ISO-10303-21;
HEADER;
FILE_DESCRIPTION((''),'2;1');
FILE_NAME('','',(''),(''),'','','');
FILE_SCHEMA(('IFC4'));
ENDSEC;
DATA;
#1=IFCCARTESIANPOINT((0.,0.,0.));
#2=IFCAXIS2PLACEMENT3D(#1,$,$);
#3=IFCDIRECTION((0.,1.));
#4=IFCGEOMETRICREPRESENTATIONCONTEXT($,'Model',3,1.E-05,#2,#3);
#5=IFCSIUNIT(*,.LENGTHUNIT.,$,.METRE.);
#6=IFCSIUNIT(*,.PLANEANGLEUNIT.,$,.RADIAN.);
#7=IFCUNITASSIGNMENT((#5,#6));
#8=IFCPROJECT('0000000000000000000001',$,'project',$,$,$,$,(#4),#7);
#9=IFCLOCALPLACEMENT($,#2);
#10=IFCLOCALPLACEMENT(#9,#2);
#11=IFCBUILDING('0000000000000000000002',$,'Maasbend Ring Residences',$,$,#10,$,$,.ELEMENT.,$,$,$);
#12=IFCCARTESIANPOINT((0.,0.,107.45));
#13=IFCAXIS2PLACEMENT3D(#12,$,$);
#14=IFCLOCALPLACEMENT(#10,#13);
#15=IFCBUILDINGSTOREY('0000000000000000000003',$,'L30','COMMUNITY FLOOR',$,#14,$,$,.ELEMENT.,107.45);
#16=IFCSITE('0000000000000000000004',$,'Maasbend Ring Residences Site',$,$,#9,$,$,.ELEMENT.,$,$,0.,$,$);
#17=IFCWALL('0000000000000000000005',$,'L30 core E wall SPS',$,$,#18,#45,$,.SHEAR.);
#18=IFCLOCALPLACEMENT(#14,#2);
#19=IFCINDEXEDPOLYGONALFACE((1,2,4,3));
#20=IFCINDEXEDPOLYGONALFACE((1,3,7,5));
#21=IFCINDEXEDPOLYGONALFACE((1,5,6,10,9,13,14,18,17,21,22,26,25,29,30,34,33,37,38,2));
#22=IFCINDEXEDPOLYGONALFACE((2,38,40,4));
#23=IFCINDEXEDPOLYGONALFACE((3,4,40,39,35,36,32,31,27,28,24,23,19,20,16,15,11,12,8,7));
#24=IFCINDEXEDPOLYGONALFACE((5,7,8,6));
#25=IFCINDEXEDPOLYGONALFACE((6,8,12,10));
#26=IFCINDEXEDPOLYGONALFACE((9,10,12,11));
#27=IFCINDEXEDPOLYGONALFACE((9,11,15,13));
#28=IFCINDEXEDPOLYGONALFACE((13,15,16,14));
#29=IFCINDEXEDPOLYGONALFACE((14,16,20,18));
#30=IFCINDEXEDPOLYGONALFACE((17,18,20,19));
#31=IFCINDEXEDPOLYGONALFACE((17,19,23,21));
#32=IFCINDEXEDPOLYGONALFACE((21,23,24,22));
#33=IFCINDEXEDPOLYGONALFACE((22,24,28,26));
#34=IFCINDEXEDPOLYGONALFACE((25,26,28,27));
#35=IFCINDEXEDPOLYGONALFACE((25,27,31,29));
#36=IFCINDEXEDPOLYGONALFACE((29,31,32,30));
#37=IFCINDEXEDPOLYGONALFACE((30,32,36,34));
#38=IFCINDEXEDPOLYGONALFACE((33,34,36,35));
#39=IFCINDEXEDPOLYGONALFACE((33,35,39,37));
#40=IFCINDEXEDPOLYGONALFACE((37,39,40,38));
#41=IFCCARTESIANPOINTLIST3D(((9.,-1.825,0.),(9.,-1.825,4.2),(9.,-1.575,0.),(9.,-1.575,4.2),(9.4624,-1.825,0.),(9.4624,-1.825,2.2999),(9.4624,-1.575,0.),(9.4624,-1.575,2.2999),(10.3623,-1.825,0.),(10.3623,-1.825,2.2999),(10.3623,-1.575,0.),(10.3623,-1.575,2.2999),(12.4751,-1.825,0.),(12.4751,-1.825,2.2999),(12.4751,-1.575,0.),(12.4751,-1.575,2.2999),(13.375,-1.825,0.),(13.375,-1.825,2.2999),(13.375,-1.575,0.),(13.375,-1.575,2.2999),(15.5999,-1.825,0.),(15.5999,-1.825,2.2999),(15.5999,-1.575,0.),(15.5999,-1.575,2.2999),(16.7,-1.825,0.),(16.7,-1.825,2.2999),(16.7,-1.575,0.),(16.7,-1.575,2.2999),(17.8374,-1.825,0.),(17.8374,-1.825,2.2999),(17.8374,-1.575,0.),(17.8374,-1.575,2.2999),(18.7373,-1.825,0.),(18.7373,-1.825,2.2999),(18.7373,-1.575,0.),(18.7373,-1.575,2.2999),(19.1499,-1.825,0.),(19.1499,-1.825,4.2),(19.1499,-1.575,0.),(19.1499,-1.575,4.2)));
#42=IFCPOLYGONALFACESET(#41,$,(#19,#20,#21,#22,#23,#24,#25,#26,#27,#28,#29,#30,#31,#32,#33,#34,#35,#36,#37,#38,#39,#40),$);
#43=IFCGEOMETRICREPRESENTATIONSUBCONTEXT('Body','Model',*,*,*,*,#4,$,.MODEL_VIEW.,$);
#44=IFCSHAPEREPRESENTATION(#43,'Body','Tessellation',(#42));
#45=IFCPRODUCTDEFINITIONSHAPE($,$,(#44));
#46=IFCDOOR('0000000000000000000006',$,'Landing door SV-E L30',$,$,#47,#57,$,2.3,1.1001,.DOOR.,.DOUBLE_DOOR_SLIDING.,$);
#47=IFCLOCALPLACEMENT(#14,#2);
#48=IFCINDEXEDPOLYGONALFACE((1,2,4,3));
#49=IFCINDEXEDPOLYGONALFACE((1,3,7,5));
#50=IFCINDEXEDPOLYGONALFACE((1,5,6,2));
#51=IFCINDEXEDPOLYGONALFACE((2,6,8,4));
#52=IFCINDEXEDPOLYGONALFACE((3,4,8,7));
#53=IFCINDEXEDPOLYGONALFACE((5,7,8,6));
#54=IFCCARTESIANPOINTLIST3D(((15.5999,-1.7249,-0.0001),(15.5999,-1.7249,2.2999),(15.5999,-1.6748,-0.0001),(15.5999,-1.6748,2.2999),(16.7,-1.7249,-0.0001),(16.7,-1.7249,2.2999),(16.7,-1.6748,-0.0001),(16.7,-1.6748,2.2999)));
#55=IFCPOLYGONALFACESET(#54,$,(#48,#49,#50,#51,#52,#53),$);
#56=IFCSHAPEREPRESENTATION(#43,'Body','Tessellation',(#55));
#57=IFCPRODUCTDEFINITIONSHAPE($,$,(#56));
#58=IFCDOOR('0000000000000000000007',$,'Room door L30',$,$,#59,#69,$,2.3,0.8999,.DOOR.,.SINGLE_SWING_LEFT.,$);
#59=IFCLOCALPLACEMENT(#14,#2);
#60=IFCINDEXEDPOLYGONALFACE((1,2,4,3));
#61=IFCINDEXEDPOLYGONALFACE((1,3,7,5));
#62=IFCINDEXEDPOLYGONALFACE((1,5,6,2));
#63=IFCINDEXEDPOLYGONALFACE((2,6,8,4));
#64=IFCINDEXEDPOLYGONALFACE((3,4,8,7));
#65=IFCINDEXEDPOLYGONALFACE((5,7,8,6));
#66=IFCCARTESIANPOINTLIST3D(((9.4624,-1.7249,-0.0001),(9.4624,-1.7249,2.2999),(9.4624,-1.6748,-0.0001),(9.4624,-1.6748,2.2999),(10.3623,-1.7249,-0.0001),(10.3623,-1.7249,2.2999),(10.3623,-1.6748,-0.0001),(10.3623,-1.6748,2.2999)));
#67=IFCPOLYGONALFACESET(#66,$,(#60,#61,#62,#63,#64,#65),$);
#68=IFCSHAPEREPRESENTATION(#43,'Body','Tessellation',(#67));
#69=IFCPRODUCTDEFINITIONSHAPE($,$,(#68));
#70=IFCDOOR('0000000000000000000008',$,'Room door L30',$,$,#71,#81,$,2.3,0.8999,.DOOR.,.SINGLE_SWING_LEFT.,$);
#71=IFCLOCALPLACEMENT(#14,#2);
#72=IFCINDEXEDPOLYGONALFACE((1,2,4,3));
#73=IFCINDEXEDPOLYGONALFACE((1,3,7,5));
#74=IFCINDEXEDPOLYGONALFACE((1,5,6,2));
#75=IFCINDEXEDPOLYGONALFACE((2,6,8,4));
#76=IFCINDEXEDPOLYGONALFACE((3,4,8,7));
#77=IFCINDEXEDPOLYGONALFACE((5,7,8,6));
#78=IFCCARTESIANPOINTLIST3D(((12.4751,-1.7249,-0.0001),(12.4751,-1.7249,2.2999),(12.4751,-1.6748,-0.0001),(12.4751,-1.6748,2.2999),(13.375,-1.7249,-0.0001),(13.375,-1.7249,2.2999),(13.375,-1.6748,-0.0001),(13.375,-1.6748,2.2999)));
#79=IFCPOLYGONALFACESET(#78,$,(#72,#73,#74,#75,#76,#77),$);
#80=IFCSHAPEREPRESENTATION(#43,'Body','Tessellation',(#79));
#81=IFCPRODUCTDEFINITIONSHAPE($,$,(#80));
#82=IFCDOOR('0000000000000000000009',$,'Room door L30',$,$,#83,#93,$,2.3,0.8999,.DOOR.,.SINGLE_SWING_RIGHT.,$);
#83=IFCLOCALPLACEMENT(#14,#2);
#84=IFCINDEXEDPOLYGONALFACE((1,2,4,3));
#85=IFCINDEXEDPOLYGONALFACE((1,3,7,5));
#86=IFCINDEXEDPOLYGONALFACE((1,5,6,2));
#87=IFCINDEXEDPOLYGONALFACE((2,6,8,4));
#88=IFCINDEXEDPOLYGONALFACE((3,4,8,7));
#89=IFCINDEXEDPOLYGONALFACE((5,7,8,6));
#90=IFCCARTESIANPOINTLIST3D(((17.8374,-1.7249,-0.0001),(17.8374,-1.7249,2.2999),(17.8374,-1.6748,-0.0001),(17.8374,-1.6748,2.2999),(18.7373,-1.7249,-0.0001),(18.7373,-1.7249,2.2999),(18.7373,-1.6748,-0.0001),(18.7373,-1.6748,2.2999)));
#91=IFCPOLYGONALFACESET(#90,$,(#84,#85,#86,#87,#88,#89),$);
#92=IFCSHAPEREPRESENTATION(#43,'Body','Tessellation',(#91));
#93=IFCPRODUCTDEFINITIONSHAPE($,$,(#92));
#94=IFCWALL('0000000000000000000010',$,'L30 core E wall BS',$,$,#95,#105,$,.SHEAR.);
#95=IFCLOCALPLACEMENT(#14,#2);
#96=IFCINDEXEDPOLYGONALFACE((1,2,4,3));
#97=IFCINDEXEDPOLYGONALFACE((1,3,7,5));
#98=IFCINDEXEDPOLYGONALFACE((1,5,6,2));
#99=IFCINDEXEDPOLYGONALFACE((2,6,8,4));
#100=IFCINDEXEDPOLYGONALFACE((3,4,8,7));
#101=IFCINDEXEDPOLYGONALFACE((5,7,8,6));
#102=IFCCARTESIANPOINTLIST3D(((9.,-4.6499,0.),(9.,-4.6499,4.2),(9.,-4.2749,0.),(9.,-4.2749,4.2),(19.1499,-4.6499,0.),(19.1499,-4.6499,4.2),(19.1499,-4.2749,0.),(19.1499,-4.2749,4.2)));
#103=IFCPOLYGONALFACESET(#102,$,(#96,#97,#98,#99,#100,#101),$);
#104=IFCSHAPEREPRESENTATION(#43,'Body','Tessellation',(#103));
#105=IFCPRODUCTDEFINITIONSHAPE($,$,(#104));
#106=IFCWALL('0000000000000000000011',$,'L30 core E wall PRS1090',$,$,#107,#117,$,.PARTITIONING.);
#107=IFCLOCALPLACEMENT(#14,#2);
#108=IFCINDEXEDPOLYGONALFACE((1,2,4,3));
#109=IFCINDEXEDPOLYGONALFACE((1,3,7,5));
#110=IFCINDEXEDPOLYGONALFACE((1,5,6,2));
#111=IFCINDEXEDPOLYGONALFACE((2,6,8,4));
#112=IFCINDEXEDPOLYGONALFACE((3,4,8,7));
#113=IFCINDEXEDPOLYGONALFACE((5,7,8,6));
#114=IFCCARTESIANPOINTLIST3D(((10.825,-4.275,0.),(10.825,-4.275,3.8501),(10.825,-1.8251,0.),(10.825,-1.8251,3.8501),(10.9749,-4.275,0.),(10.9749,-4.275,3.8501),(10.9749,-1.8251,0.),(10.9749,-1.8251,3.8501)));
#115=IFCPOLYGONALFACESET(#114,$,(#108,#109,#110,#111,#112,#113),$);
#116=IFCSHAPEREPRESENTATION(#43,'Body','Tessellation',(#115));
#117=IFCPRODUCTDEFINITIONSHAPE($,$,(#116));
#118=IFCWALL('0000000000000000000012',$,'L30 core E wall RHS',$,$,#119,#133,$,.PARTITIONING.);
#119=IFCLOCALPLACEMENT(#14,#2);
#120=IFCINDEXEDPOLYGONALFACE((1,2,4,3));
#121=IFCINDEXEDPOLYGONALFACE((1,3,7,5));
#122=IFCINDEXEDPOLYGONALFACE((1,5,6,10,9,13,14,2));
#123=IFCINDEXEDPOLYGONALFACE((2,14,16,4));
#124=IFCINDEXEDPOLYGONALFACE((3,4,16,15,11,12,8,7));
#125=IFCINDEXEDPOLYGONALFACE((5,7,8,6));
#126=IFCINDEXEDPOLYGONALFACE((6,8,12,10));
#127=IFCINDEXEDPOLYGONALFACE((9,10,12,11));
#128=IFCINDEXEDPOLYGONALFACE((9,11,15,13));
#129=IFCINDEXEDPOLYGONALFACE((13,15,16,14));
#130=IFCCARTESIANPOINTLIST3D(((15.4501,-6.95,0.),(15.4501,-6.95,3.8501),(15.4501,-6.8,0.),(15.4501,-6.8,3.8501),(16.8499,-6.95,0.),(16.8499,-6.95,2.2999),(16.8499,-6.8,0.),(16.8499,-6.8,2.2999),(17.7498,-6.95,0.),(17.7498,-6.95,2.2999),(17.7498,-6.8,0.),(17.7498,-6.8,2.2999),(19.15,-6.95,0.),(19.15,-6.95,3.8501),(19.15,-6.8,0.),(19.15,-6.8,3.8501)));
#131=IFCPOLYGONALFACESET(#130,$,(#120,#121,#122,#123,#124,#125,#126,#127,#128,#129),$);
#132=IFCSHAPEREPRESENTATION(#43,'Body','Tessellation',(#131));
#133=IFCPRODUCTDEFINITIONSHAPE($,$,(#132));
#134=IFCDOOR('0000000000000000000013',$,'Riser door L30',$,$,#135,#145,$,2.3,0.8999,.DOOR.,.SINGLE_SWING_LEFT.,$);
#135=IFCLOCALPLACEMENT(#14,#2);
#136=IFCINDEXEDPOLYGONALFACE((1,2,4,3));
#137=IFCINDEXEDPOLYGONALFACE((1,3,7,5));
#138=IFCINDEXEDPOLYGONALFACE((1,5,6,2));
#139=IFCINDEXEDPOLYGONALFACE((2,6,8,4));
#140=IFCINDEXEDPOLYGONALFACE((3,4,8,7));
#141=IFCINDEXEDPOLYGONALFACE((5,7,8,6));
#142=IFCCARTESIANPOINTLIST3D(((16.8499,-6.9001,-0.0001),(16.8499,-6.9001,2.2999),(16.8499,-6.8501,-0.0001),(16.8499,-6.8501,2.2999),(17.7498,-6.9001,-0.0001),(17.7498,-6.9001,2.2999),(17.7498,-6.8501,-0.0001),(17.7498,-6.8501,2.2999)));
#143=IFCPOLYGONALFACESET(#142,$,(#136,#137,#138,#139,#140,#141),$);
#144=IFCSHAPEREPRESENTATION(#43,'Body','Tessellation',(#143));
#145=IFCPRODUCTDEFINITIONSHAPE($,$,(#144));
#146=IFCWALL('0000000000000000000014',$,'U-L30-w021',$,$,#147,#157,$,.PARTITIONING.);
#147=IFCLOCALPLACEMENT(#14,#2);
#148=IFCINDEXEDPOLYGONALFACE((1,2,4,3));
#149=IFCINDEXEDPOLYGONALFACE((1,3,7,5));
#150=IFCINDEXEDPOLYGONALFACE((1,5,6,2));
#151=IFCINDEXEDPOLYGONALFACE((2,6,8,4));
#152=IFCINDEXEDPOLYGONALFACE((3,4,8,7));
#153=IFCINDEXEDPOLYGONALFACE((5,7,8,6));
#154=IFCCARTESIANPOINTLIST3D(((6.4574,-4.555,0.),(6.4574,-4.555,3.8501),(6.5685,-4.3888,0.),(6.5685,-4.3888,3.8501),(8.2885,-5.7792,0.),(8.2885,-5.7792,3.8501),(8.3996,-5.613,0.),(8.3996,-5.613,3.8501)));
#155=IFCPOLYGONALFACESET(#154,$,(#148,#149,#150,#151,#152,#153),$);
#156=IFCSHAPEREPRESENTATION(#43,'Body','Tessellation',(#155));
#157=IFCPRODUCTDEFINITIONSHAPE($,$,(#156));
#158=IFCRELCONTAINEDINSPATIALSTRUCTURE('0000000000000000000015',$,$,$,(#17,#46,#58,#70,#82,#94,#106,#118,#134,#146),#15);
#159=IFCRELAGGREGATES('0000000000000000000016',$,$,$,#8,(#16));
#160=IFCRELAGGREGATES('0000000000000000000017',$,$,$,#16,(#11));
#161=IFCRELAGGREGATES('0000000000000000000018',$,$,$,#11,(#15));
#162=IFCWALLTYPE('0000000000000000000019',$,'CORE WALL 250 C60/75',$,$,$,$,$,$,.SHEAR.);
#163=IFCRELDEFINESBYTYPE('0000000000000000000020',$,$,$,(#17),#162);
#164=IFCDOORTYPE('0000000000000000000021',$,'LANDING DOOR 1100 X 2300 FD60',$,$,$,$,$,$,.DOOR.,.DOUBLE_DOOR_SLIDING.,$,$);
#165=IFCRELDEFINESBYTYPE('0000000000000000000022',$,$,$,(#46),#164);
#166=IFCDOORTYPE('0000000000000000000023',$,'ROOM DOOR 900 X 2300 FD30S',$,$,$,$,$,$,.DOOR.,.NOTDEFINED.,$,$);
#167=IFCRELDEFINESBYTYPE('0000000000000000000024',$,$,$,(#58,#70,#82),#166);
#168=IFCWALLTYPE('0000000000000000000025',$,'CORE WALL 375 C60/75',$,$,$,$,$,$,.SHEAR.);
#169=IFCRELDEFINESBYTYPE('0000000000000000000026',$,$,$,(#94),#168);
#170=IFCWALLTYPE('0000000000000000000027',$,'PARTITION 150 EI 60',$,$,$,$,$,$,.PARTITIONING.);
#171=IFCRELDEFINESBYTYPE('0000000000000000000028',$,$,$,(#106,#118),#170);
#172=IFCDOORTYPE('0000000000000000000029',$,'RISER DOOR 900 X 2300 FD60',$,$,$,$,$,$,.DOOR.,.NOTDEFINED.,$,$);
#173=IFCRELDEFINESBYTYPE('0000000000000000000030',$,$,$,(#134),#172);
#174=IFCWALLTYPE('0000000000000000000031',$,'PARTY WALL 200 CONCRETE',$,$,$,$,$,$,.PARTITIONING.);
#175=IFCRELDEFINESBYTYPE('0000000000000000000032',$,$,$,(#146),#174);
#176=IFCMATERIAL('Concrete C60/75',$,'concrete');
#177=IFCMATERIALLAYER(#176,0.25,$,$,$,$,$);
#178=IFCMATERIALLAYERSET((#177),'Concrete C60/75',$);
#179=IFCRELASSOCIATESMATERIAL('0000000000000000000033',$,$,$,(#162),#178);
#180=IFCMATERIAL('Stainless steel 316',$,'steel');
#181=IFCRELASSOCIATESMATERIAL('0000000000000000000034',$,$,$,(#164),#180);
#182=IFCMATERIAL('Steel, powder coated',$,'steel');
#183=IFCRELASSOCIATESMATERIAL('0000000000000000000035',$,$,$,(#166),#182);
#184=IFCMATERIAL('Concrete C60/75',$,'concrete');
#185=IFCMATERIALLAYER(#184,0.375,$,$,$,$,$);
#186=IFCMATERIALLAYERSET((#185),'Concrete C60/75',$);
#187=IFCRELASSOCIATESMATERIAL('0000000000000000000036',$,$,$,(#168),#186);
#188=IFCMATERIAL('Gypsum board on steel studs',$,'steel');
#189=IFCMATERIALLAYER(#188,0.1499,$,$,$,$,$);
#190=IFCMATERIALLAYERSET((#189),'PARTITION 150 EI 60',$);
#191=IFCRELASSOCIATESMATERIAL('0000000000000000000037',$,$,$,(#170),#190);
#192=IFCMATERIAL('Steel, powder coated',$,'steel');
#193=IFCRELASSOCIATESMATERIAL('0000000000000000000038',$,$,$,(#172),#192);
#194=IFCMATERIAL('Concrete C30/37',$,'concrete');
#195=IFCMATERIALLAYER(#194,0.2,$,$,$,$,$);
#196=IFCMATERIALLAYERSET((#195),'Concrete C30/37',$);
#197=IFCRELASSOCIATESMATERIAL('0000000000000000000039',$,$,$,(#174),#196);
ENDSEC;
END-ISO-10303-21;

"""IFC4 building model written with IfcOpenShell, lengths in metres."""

from ifc_helpers import new_model, si_unit, direction, frame, frame_2d, origin, place, context, subcontext, project, spatial, rectangle, extrude, material, layer, layer_set, type_object, element, fill, save


model = new_model("IFC4")

# Units and contexts
model_context = context("Model", 3, precision=1e-05, world=origin(), true_north=direction((0.0, 1.0)))
body_context = subcontext(model_context, "Body", "Model", "MODEL_VIEW")
ifc_project = project(units=[si_unit("LENGTHUNIT", "METRE"), si_unit("PLANEANGLEUNIT", "RADIAN")], contexts=[model_context])

# Site, building, storey
site_placement = place(None, origin())
site = spatial("IfcSite", under=ifc_project, at=site_placement, Name="Maasbend Ring Residences Site", CompositionType="ELEMENT", RefElevation=0.0)
building_placement = place(site_placement, origin())
building = spatial("IfcBuilding", under=site, at=building_placement, Name="Maasbend Ring Residences", CompositionType="ELEMENT")
storey_placement = place(building_placement, frame((0.0, 0.0, 107.45)))
storey = spatial("IfcBuildingStorey", under=building, at=storey_placement, Name="L30", Description="COMMUNITY FLOOR", CompositionType="ELEMENT", Elevation=107.45)

# Wall, openings, doors
ifc_material_1 = material(Name="Concrete C60/75", Category="concrete")
ifc_layer_1 = layer(ifc_material_1, 0.25)
ifc_layer_set_1 = layer_set([ifc_layer_1], Name="Concrete C60/75")
wall_type_1 = type_object("IfcWallType", Name="CORE WALL 250 C60/75", PredefinedType="SHEAR", material=ifc_layer_set_1)
wall_1_placement = place(storey_placement, frame((19.1499, -1.7, 0.0), z_axis=(0.0, 0.0, 1.0), x_axis=(-1.0, 0.0, 0.0)))
wall_1 = element("IfcWall", 1, at=wall_1_placement, inside=storey, type_object=wall_type_1, Name="L30 core E wall SPS", PredefinedType="SHEAR", context=body_context, shape_type="SweptSolid", body=[
    extrude(rectangle(XDim=10.1499, YDim=0.25, at=frame_2d((5.075, 0.0))), origin(), (0.0, 0.0, 1.0), 4.2),
])
opening_1_placement = place(wall_1_placement, frame((2.45, 0.0, 0.0)))
opening_1 = element("IfcOpeningElement", 2, at=opening_1_placement, cuts=wall_1, PredefinedType="OPENING", context=body_context, shape_type="SweptSolid", body=[
    extrude(rectangle(XDim=1.1001, YDim=2.3, at=frame_2d((0.55, 1.1499))), frame((0.0, 0.135, 0.0), z_axis=(0.0, -1.0, 0.0), x_axis=(1.0, 0.0, 0.0)), (0.0, 0.0, 1.0), 0.27),
])
opening_2_placement = place(wall_1_placement, frame((8.7876, 0.0, 0.0)))
opening_2 = element("IfcOpeningElement", 3, at=opening_2_placement, cuts=wall_1, PredefinedType="OPENING", context=body_context, shape_type="SweptSolid", body=[
    extrude(rectangle(XDim=0.8999, YDim=2.3, at=frame_2d((0.45, 1.1499))), frame((0.0, 0.135, 0.0), z_axis=(0.0, -1.0, 0.0), x_axis=(1.0, 0.0, 0.0)), (0.0, 0.0, 1.0), 0.27),
])
opening_3_placement = place(wall_1_placement, frame((5.7749, 0.0, 0.0)))
opening_3 = element("IfcOpeningElement", 4, at=opening_3_placement, cuts=wall_1, PredefinedType="OPENING", context=body_context, shape_type="SweptSolid", body=[
    extrude(rectangle(XDim=0.8999, YDim=2.3, at=frame_2d((0.45, 1.1499))), frame((0.0, 0.135, 0.0), z_axis=(0.0, -1.0, 0.0), x_axis=(1.0, 0.0, 0.0)), (0.0, 0.0, 1.0), 0.27),
])
opening_4_placement = place(wall_1_placement, frame((0.4126, 0.0, 0.0)))
opening_4 = element("IfcOpeningElement", 5, at=opening_4_placement, cuts=wall_1, PredefinedType="OPENING", context=body_context, shape_type="SweptSolid", body=[
    extrude(rectangle(XDim=0.8999, YDim=2.3, at=frame_2d((0.45, 1.1499))), frame((0.0, 0.135, 0.0), z_axis=(0.0, -1.0, 0.0), x_axis=(1.0, 0.0, 0.0)), (0.0, 0.0, 1.0), 0.27),
])
ifc_material_2 = material(Name="Stainless steel 316", Category="steel")
door_type_1 = type_object("IfcDoorType", Name="LANDING DOOR 1100 X 2300 FD60", OperationType="DOUBLE_DOOR_SLIDING", PredefinedType="DOOR", material=ifc_material_2)
door_1_placement = place(opening_1_placement, origin())
door_1 = element("IfcDoor", 6, at=door_1_placement, inside=storey, type_object=door_type_1, Name="Landing door SV-E L30", OperationType="DOUBLE_DOOR_SLIDING", OverallHeight=2.3, OverallWidth=1.1001, PredefinedType="DOOR", context=body_context, shape_type="SweptSolid", body=[
    extrude(rectangle(XDim=1.1001, YDim=2.3, at=frame_2d((0.55, 1.1499))), frame((0.0, 0.0249, 0.0), z_axis=(0.0, -1.0, 0.0), x_axis=(1.0, 0.0, 0.0)), (0.0, 0.0, 1.0), 0.05),
])
fill(opening_1, door_1)
ifc_material_3 = material(Name="Steel, powder coated", Category="steel")
door_type_2 = type_object("IfcDoorType", Name="ROOM DOOR 900 X 2300 FD30S", OperationType="NOTDEFINED", PredefinedType="DOOR", material=ifc_material_3)
door_2_placement = place(opening_2_placement, origin())
door_2 = element("IfcDoor", 7, at=door_2_placement, inside=storey, type_object=door_type_2, Name="Room door L30", OperationType="SINGLE_SWING_LEFT", OverallHeight=2.3, OverallWidth=0.8999, PredefinedType="DOOR", context=body_context, shape_type="SweptSolid", body=[
    extrude(rectangle(XDim=0.8999, YDim=2.3, at=frame_2d((0.45, 1.1499))), frame((0.0, 0.0249, 0.0), z_axis=(0.0, -1.0, 0.0), x_axis=(1.0, 0.0, 0.0)), (0.0, 0.0, 1.0), 0.05),
])
fill(opening_2, door_2)
door_3_placement = place(opening_3_placement, origin())
door_3 = element("IfcDoor", 8, at=door_3_placement, inside=storey, type_object=door_type_2, Name="Room door L30", OperationType="SINGLE_SWING_LEFT", OverallHeight=2.3, OverallWidth=0.8999, PredefinedType="DOOR", context=body_context, shape_type="SweptSolid", body=[
    extrude(rectangle(XDim=0.8999, YDim=2.3, at=frame_2d((0.45, 1.1499))), frame((0.0, 0.0249, 0.0), z_axis=(0.0, -1.0, 0.0), x_axis=(1.0, 0.0, 0.0)), (0.0, 0.0, 1.0), 0.05),
])
fill(opening_3, door_3)
door_4_placement = place(opening_4_placement, origin())
door_4 = element("IfcDoor", 9, at=door_4_placement, inside=storey, type_object=door_type_2, Name="Room door L30", OperationType="SINGLE_SWING_RIGHT", OverallHeight=2.3, OverallWidth=0.8999, PredefinedType="DOOR", context=body_context, shape_type="SweptSolid", body=[
    extrude(rectangle(XDim=0.8999, YDim=2.3, at=frame_2d((0.45, 1.1499))), frame((0.0, 0.0249, 0.0), z_axis=(0.0, -1.0, 0.0), x_axis=(1.0, 0.0, 0.0)), (0.0, 0.0, 1.0), 0.05),
])
fill(opening_4, door_4)

# Walls
ifc_material_4 = material(Name="Concrete C60/75", Category="concrete")
ifc_layer_2 = layer(ifc_material_4, 0.375)
ifc_layer_set_2 = layer_set([ifc_layer_2], Name="Concrete C60/75")
wall_type_2 = type_object("IfcWallType", Name="CORE WALL 375 C60/75", PredefinedType="SHEAR", material=ifc_layer_set_2)
wall_2_placement = place(storey_placement, frame((9.0, -4.4624, 0.0), z_axis=(0.0, 0.0, 1.0), x_axis=(1.0, 0.0, 0.0)))
element("IfcWall", 10, at=wall_2_placement, inside=storey, type_object=wall_type_2, Name="L30 core E wall BS", PredefinedType="SHEAR", context=body_context, shape_type="SweptSolid", body=[
    extrude(rectangle(XDim=10.1499, YDim=0.375, at=frame_2d((5.075, 0.0))), origin(), (0.0, 0.0, 1.0), 4.2),
])
ifc_material_5 = material(Name="Gypsum board on steel studs", Category="steel")
ifc_layer_3 = layer(ifc_material_5, 0.1499)
ifc_layer_set_3 = layer_set([ifc_layer_3], Name="PARTITION 150 EI 60")
wall_type_3 = type_object("IfcWallType", Name="PARTITION 150 EI 60", PredefinedType="PARTITIONING", material=ifc_layer_set_3)
wall_3_placement = place(storey_placement, frame((10.8999, -1.825, 0.0), z_axis=(0.0, 0.0, 1.0), x_axis=(0.0, -1.0, 0.0)))
element("IfcWall", 11, at=wall_3_placement, inside=storey, type_object=wall_type_3, Name="L30 core E wall PRS1090", PredefinedType="PARTITIONING", context=body_context, shape_type="SweptSolid", body=[
    extrude(rectangle(XDim=2.45, YDim=0.1499, at=frame_2d((1.2251, 0.0))), origin(), (0.0, 0.0, 1.0), 3.8501),
])

# Wall, opening, door
wall_4_placement = place(storey_placement, frame((15.45, -6.875, 0.0), z_axis=(0.0, 0.0, 1.0), x_axis=(1.0, 0.0, 0.0)))
wall_4 = element("IfcWall", 12, at=wall_4_placement, inside=storey, type_object=wall_type_3, Name="L30 core E wall RHS", PredefinedType="PARTITIONING", context=body_context, shape_type="SweptSolid", body=[
    extrude(rectangle(XDim=3.7, YDim=0.1499, at=frame_2d((1.8501, 0.0))), origin(), (0.0, 0.0, 1.0), 3.8501),
])
opening_5_placement = place(wall_4_placement, frame((1.3999, 0.0, 0.0)))
opening_5 = element("IfcOpeningElement", 13, at=opening_5_placement, cuts=wall_4, PredefinedType="OPENING", context=body_context, shape_type="SweptSolid", body=[
    extrude(rectangle(XDim=0.8999, YDim=2.3, at=frame_2d((0.45, 1.1499))), frame((0.0, 0.085, 0.0), z_axis=(0.0, -1.0, 0.0), x_axis=(1.0, 0.0, 0.0)), (0.0, 0.0, 1.0), 0.1699),
])
ifc_material_6 = material(Name="Steel, powder coated", Category="steel")
door_type_3 = type_object("IfcDoorType", Name="RISER DOOR 900 X 2300 FD60", OperationType="NOTDEFINED", PredefinedType="DOOR", material=ifc_material_6)
door_5_placement = place(opening_5_placement, origin())
door_5 = element("IfcDoor", 14, at=door_5_placement, inside=storey, type_object=door_type_3, Name="Riser door L30", OperationType="SINGLE_SWING_LEFT", OverallHeight=2.3, OverallWidth=0.8999, PredefinedType="DOOR", context=body_context, shape_type="SweptSolid", body=[
    extrude(rectangle(XDim=0.8999, YDim=2.3, at=frame_2d((0.45, 1.1499))), frame((0.0, 0.0249, 0.0), z_axis=(0.0, -1.0, 0.0), x_axis=(1.0, 0.0, 0.0)), (0.0, 0.0, 1.0), 0.05),
])
fill(opening_5, door_5)

# Wall
ifc_material_7 = material(Name="Concrete C30/37", Category="concrete")
ifc_layer_4 = layer(ifc_material_7, 0.2)
ifc_layer_set_4 = layer_set([ifc_layer_4], Name="Concrete C30/37")
wall_type_4 = type_object("IfcWallType", Name="PARTY WALL 200 CONCRETE", PredefinedType="PARTITIONING", material=ifc_layer_set_4)
wall_5_placement = place(storey_placement, frame((6.5129, -4.4719, 0.0), z_axis=(0.0, 0.0, 1.0), x_axis=(0.831333, -0.555774, 0.0)))
element("IfcWall", 15, at=wall_5_placement, inside=storey, type_object=wall_type_4, Name="U-L30-w021", PredefinedType="PARTITIONING", context=body_context, shape_type="SweptSolid", body=[
    extrude(rectangle(XDim=2.2026, YDim=0.2, at=frame_2d((1.1013, 0.0))), origin(), (0.0, 0.0, 1.0), 3.8501),
])

save(model, "model.ifc")
